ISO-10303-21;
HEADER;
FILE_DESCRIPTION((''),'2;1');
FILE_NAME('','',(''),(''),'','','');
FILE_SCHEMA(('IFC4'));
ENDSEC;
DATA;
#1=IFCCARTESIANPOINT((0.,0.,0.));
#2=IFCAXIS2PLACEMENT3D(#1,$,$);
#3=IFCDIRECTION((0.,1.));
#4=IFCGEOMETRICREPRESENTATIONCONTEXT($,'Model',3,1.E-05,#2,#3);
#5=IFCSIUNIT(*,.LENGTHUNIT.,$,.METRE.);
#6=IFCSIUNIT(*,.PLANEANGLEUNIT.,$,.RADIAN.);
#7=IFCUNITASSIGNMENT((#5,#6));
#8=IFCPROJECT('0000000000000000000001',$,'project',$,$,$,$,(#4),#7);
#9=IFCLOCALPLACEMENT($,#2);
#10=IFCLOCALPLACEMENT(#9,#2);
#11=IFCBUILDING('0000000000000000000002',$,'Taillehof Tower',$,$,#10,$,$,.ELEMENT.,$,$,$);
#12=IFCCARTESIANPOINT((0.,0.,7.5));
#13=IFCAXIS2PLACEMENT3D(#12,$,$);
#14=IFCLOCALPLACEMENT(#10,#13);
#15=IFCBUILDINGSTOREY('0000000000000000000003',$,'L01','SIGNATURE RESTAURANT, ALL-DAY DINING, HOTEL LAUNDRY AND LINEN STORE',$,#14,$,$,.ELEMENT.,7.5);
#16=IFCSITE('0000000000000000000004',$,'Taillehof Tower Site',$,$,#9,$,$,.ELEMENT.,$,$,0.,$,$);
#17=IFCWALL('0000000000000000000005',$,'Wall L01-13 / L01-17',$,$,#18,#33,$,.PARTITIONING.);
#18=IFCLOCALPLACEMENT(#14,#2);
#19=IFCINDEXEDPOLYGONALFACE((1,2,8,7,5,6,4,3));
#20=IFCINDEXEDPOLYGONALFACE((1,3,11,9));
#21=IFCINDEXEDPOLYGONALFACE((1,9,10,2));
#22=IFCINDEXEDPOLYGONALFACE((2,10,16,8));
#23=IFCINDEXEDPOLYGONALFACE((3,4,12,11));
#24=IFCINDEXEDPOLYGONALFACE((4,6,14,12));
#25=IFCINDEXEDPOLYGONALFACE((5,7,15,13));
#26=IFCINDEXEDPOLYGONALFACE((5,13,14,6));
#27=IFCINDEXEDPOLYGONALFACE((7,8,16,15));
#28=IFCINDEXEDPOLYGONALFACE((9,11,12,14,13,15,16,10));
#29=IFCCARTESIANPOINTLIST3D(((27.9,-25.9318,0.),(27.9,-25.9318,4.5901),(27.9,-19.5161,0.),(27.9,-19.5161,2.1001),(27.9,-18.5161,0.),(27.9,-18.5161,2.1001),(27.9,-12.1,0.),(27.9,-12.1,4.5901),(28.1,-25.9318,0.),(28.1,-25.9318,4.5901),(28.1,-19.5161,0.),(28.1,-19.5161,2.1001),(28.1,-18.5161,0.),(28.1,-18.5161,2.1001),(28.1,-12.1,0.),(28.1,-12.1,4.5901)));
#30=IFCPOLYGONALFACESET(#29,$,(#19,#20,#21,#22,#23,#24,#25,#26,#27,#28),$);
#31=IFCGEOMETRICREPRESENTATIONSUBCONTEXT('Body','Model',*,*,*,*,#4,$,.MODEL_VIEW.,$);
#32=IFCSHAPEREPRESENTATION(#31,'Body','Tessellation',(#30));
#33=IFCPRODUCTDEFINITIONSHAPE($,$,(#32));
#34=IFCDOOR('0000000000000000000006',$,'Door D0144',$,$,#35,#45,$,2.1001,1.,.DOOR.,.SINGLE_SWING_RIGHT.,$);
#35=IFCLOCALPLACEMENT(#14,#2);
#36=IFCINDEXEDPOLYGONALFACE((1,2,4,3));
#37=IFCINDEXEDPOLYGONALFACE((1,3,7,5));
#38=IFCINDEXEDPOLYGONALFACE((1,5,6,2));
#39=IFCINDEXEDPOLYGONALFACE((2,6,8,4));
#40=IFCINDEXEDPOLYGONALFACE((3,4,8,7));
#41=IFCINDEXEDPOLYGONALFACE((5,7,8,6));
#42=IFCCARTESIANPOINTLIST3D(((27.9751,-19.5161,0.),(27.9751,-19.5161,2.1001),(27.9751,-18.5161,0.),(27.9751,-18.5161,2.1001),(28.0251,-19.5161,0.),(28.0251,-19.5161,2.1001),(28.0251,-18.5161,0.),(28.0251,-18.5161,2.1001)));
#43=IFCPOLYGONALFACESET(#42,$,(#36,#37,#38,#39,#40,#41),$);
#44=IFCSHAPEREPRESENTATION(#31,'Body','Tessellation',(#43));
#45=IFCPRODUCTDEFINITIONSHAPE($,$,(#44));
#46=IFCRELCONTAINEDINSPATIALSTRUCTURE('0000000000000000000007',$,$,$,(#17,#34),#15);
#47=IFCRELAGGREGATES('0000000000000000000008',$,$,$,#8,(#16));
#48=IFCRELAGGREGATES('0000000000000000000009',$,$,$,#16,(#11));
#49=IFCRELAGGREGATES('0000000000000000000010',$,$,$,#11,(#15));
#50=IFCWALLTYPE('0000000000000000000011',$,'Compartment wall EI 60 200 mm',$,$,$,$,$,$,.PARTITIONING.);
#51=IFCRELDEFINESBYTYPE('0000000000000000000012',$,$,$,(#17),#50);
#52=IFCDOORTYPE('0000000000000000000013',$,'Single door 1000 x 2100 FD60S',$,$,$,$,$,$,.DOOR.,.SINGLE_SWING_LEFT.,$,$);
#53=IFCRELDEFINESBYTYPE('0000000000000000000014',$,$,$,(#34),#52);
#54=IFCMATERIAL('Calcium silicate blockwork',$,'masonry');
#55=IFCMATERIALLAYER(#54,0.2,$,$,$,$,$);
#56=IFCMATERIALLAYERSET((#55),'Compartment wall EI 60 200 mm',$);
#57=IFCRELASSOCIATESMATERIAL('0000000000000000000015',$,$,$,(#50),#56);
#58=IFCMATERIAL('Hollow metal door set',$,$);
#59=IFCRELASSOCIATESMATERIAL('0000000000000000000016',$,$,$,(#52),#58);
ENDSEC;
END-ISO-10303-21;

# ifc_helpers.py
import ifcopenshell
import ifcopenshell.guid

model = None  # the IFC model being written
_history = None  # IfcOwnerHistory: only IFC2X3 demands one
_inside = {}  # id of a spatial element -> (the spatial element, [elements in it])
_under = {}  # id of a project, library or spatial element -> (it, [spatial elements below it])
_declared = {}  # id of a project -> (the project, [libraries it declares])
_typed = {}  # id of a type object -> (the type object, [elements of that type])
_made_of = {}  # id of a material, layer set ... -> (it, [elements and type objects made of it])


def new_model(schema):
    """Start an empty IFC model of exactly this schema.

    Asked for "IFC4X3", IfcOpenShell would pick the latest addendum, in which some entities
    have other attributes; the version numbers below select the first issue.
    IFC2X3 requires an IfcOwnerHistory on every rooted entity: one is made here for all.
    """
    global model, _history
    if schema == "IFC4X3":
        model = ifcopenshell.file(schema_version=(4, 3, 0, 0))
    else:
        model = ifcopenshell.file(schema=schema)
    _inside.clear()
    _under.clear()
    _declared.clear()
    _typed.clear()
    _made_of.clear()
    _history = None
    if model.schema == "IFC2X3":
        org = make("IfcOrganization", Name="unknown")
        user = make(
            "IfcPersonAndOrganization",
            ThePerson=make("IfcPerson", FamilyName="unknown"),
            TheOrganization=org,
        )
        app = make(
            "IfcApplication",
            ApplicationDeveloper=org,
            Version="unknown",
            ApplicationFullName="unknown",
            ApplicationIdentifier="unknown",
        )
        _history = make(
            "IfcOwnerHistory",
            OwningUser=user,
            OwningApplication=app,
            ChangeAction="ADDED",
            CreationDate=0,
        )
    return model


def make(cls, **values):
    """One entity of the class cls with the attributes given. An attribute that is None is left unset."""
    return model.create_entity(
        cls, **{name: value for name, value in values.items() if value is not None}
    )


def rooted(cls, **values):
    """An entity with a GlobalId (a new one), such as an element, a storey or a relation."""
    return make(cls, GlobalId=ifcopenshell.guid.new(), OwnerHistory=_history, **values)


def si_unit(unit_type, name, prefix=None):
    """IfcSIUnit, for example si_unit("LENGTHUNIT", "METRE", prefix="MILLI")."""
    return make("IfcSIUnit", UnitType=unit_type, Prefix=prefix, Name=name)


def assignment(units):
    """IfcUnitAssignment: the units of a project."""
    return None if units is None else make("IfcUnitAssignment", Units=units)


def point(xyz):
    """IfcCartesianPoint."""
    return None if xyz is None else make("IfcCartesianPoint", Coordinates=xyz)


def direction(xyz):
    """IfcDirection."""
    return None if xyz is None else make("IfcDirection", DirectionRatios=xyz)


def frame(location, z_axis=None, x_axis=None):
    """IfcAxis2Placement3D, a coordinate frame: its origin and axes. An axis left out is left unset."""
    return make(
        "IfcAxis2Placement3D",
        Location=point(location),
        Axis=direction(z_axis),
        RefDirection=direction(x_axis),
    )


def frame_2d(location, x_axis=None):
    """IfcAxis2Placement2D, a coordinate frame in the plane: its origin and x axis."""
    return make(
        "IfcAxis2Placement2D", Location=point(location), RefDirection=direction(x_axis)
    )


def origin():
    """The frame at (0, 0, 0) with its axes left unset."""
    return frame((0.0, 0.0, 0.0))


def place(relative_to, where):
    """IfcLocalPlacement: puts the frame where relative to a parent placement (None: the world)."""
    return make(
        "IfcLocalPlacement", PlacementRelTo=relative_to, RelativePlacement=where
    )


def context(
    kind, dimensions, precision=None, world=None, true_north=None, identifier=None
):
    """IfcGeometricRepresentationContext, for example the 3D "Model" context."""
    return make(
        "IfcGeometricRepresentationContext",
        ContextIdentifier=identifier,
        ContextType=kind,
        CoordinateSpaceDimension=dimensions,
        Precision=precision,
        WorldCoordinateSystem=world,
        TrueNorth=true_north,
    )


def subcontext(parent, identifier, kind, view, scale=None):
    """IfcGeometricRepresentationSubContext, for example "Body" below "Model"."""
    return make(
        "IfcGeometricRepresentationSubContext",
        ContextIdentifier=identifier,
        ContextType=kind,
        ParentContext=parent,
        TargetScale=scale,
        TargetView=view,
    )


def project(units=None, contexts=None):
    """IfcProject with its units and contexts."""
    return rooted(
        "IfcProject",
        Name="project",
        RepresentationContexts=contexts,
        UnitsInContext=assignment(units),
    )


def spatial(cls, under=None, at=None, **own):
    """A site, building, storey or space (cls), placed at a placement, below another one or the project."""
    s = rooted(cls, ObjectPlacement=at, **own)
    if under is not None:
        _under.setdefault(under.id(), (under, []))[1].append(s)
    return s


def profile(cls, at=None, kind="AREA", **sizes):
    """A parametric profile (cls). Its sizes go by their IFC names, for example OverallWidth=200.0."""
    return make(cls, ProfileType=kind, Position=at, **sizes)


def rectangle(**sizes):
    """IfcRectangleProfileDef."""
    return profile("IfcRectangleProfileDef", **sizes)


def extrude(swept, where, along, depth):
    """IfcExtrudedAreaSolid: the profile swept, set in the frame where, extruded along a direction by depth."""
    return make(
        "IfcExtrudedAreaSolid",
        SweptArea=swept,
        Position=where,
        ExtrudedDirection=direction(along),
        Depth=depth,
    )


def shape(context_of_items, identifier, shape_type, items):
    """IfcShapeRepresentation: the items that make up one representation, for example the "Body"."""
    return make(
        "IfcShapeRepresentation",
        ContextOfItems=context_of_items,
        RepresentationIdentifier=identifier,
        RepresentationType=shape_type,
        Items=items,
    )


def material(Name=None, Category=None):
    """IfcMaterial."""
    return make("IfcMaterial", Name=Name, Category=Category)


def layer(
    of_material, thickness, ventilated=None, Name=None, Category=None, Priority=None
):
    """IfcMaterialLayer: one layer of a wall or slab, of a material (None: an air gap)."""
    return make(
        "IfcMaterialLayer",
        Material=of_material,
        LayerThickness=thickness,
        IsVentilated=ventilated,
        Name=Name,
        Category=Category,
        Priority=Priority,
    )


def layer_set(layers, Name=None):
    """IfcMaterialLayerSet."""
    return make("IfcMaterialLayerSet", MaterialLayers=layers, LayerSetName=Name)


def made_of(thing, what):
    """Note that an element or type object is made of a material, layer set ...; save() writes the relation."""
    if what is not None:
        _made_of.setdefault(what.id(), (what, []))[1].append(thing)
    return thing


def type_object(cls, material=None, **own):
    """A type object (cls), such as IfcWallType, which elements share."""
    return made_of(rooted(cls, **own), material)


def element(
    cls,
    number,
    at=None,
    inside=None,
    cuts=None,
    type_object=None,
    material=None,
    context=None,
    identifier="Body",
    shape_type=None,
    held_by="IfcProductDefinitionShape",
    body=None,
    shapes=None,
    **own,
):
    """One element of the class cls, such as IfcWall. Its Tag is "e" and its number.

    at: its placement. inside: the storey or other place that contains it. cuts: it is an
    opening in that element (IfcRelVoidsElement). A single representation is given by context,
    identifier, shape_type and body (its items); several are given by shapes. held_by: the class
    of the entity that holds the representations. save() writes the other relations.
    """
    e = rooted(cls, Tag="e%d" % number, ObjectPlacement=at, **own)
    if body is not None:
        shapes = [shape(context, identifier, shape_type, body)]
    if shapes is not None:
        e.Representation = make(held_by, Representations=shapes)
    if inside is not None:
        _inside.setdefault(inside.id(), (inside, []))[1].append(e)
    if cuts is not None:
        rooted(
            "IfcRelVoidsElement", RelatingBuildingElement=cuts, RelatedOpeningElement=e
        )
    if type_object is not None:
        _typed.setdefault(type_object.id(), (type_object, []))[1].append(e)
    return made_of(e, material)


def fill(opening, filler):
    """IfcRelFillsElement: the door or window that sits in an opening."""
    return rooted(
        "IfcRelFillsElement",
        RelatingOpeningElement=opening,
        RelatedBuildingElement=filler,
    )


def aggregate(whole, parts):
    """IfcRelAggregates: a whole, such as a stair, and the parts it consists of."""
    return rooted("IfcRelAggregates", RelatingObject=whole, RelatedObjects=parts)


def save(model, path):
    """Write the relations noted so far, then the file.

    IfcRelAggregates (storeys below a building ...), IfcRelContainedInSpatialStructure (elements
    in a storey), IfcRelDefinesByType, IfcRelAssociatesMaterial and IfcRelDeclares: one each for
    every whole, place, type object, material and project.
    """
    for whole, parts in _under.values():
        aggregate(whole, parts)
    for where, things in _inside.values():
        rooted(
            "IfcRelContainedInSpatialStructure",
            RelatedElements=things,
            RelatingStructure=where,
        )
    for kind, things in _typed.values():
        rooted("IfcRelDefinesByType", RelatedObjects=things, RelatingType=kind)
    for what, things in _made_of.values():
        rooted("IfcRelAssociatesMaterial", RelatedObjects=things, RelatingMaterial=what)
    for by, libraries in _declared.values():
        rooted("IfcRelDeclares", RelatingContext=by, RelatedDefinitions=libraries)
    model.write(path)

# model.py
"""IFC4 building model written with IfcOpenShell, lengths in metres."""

from ifc_helpers import new_model, si_unit, direction, frame, frame_2d, origin, place, context, subcontext, project, spatial, rectangle, extrude, material, layer, layer_set, type_object, element, fill, save


model = new_model("IFC4")

# Units and contexts
model_context = context("Model", 3, precision=1e-05, world=origin(), true_north=direction((0.0, 1.0)))
body_context = subcontext(model_context, "Body", "Model", "MODEL_VIEW")
ifc_project = project(units=[si_unit("LENGTHUNIT", "METRE"), si_unit("PLANEANGLEUNIT", "RADIAN")], contexts=[model_context])

# Site, building, storey
site_placement = place(None, origin())
site = spatial("IfcSite", under=ifc_project, at=site_placement, Name="Taillehof Tower Site", CompositionType="ELEMENT", RefElevation=0.0)
building_placement = place(site_placement, origin())
building = spatial("IfcBuilding", under=site, at=building_placement, Name="Taillehof Tower", CompositionType="ELEMENT")
storey_placement = place(building_placement, frame((0.0, 0.0, 7.5)))
storey = spatial("IfcBuildingStorey", under=building, at=storey_placement, Name="L01", Description="SIGNATURE RESTAURANT, ALL-DAY DINING, HOTEL LAUNDRY AND LINEN STORE", CompositionType="ELEMENT", Elevation=7.5)

# Wall, opening, door
ifc_material_1 = material(Name="Calcium silicate blockwork", Category="masonry")
ifc_layer_1 = layer(ifc_material_1, 0.2)
ifc_layer_set_1 = layer_set([ifc_layer_1], Name="Compartment wall EI 60 200 mm")
wall_type = type_object("IfcWallType", Name="Compartment wall EI 60 200 mm", PredefinedType="PARTITIONING", material=ifc_layer_set_1)
wall_placement = place(storey_placement, frame((28.0, -25.9319, 0.0), z_axis=(0.0, 0.0, 1.0), x_axis=(0.0, 1.0, 0.0)))
wall = element("IfcWall", 1, at=wall_placement, inside=storey, type_object=wall_type, Name="Wall L01-13 / L01-17", PredefinedType="PARTITIONING", context=body_context, shape_type="SweptSolid", body=[
    extrude(rectangle(XDim=13.8318, YDim=0.2, at=frame_2d((6.916, 0.0))), origin(), (0.0, 0.0, 1.0), 4.5901),
])
opening_placement = place(wall_placement, frame((6.4158, 0.0, 0.0)))
opening = element("IfcOpeningElement", 2, at=opening_placement, cuts=wall, PredefinedType="OPENING", context=body_context, shape_type="SweptSolid", body=[
    extrude(rectangle(XDim=1.0, YDim=2.1001, at=frame_2d((0.5, 1.05))), frame((0.0, 0.1099, 0.0), z_axis=(0.0, -1.0, 0.0), x_axis=(1.0, 0.0, 0.0)), (0.0, 0.0, 1.0), 0.22),
])
ifc_material_2 = material(Name="Hollow metal door set")
door_type = type_object("IfcDoorType", Name="Single door 1000 x 2100 FD60S", OperationType="SINGLE_SWING_LEFT", PredefinedType="DOOR", material=ifc_material_2)
door_placement = place(opening_placement, origin())
door = element("IfcDoor", 3, at=door_placement, inside=storey, type_object=door_type, Name="Door D0144", OperationType="SINGLE_SWING_RIGHT", OverallHeight=2.1001, OverallWidth=1.0, PredefinedType="DOOR", context=body_context, shape_type="SweptSolid", body=[
    extrude(rectangle(XDim=1.0, YDim=2.1001, at=frame_2d((0.5, 1.05))), frame((0.0, 0.0249, 0.0), z_axis=(0.0, -1.0, 0.0), x_axis=(1.0, 0.0, 0.0)), (0.0, 0.0, 1.0), 0.05),
])
fill(opening, door)

save(model, "model.ifc")
